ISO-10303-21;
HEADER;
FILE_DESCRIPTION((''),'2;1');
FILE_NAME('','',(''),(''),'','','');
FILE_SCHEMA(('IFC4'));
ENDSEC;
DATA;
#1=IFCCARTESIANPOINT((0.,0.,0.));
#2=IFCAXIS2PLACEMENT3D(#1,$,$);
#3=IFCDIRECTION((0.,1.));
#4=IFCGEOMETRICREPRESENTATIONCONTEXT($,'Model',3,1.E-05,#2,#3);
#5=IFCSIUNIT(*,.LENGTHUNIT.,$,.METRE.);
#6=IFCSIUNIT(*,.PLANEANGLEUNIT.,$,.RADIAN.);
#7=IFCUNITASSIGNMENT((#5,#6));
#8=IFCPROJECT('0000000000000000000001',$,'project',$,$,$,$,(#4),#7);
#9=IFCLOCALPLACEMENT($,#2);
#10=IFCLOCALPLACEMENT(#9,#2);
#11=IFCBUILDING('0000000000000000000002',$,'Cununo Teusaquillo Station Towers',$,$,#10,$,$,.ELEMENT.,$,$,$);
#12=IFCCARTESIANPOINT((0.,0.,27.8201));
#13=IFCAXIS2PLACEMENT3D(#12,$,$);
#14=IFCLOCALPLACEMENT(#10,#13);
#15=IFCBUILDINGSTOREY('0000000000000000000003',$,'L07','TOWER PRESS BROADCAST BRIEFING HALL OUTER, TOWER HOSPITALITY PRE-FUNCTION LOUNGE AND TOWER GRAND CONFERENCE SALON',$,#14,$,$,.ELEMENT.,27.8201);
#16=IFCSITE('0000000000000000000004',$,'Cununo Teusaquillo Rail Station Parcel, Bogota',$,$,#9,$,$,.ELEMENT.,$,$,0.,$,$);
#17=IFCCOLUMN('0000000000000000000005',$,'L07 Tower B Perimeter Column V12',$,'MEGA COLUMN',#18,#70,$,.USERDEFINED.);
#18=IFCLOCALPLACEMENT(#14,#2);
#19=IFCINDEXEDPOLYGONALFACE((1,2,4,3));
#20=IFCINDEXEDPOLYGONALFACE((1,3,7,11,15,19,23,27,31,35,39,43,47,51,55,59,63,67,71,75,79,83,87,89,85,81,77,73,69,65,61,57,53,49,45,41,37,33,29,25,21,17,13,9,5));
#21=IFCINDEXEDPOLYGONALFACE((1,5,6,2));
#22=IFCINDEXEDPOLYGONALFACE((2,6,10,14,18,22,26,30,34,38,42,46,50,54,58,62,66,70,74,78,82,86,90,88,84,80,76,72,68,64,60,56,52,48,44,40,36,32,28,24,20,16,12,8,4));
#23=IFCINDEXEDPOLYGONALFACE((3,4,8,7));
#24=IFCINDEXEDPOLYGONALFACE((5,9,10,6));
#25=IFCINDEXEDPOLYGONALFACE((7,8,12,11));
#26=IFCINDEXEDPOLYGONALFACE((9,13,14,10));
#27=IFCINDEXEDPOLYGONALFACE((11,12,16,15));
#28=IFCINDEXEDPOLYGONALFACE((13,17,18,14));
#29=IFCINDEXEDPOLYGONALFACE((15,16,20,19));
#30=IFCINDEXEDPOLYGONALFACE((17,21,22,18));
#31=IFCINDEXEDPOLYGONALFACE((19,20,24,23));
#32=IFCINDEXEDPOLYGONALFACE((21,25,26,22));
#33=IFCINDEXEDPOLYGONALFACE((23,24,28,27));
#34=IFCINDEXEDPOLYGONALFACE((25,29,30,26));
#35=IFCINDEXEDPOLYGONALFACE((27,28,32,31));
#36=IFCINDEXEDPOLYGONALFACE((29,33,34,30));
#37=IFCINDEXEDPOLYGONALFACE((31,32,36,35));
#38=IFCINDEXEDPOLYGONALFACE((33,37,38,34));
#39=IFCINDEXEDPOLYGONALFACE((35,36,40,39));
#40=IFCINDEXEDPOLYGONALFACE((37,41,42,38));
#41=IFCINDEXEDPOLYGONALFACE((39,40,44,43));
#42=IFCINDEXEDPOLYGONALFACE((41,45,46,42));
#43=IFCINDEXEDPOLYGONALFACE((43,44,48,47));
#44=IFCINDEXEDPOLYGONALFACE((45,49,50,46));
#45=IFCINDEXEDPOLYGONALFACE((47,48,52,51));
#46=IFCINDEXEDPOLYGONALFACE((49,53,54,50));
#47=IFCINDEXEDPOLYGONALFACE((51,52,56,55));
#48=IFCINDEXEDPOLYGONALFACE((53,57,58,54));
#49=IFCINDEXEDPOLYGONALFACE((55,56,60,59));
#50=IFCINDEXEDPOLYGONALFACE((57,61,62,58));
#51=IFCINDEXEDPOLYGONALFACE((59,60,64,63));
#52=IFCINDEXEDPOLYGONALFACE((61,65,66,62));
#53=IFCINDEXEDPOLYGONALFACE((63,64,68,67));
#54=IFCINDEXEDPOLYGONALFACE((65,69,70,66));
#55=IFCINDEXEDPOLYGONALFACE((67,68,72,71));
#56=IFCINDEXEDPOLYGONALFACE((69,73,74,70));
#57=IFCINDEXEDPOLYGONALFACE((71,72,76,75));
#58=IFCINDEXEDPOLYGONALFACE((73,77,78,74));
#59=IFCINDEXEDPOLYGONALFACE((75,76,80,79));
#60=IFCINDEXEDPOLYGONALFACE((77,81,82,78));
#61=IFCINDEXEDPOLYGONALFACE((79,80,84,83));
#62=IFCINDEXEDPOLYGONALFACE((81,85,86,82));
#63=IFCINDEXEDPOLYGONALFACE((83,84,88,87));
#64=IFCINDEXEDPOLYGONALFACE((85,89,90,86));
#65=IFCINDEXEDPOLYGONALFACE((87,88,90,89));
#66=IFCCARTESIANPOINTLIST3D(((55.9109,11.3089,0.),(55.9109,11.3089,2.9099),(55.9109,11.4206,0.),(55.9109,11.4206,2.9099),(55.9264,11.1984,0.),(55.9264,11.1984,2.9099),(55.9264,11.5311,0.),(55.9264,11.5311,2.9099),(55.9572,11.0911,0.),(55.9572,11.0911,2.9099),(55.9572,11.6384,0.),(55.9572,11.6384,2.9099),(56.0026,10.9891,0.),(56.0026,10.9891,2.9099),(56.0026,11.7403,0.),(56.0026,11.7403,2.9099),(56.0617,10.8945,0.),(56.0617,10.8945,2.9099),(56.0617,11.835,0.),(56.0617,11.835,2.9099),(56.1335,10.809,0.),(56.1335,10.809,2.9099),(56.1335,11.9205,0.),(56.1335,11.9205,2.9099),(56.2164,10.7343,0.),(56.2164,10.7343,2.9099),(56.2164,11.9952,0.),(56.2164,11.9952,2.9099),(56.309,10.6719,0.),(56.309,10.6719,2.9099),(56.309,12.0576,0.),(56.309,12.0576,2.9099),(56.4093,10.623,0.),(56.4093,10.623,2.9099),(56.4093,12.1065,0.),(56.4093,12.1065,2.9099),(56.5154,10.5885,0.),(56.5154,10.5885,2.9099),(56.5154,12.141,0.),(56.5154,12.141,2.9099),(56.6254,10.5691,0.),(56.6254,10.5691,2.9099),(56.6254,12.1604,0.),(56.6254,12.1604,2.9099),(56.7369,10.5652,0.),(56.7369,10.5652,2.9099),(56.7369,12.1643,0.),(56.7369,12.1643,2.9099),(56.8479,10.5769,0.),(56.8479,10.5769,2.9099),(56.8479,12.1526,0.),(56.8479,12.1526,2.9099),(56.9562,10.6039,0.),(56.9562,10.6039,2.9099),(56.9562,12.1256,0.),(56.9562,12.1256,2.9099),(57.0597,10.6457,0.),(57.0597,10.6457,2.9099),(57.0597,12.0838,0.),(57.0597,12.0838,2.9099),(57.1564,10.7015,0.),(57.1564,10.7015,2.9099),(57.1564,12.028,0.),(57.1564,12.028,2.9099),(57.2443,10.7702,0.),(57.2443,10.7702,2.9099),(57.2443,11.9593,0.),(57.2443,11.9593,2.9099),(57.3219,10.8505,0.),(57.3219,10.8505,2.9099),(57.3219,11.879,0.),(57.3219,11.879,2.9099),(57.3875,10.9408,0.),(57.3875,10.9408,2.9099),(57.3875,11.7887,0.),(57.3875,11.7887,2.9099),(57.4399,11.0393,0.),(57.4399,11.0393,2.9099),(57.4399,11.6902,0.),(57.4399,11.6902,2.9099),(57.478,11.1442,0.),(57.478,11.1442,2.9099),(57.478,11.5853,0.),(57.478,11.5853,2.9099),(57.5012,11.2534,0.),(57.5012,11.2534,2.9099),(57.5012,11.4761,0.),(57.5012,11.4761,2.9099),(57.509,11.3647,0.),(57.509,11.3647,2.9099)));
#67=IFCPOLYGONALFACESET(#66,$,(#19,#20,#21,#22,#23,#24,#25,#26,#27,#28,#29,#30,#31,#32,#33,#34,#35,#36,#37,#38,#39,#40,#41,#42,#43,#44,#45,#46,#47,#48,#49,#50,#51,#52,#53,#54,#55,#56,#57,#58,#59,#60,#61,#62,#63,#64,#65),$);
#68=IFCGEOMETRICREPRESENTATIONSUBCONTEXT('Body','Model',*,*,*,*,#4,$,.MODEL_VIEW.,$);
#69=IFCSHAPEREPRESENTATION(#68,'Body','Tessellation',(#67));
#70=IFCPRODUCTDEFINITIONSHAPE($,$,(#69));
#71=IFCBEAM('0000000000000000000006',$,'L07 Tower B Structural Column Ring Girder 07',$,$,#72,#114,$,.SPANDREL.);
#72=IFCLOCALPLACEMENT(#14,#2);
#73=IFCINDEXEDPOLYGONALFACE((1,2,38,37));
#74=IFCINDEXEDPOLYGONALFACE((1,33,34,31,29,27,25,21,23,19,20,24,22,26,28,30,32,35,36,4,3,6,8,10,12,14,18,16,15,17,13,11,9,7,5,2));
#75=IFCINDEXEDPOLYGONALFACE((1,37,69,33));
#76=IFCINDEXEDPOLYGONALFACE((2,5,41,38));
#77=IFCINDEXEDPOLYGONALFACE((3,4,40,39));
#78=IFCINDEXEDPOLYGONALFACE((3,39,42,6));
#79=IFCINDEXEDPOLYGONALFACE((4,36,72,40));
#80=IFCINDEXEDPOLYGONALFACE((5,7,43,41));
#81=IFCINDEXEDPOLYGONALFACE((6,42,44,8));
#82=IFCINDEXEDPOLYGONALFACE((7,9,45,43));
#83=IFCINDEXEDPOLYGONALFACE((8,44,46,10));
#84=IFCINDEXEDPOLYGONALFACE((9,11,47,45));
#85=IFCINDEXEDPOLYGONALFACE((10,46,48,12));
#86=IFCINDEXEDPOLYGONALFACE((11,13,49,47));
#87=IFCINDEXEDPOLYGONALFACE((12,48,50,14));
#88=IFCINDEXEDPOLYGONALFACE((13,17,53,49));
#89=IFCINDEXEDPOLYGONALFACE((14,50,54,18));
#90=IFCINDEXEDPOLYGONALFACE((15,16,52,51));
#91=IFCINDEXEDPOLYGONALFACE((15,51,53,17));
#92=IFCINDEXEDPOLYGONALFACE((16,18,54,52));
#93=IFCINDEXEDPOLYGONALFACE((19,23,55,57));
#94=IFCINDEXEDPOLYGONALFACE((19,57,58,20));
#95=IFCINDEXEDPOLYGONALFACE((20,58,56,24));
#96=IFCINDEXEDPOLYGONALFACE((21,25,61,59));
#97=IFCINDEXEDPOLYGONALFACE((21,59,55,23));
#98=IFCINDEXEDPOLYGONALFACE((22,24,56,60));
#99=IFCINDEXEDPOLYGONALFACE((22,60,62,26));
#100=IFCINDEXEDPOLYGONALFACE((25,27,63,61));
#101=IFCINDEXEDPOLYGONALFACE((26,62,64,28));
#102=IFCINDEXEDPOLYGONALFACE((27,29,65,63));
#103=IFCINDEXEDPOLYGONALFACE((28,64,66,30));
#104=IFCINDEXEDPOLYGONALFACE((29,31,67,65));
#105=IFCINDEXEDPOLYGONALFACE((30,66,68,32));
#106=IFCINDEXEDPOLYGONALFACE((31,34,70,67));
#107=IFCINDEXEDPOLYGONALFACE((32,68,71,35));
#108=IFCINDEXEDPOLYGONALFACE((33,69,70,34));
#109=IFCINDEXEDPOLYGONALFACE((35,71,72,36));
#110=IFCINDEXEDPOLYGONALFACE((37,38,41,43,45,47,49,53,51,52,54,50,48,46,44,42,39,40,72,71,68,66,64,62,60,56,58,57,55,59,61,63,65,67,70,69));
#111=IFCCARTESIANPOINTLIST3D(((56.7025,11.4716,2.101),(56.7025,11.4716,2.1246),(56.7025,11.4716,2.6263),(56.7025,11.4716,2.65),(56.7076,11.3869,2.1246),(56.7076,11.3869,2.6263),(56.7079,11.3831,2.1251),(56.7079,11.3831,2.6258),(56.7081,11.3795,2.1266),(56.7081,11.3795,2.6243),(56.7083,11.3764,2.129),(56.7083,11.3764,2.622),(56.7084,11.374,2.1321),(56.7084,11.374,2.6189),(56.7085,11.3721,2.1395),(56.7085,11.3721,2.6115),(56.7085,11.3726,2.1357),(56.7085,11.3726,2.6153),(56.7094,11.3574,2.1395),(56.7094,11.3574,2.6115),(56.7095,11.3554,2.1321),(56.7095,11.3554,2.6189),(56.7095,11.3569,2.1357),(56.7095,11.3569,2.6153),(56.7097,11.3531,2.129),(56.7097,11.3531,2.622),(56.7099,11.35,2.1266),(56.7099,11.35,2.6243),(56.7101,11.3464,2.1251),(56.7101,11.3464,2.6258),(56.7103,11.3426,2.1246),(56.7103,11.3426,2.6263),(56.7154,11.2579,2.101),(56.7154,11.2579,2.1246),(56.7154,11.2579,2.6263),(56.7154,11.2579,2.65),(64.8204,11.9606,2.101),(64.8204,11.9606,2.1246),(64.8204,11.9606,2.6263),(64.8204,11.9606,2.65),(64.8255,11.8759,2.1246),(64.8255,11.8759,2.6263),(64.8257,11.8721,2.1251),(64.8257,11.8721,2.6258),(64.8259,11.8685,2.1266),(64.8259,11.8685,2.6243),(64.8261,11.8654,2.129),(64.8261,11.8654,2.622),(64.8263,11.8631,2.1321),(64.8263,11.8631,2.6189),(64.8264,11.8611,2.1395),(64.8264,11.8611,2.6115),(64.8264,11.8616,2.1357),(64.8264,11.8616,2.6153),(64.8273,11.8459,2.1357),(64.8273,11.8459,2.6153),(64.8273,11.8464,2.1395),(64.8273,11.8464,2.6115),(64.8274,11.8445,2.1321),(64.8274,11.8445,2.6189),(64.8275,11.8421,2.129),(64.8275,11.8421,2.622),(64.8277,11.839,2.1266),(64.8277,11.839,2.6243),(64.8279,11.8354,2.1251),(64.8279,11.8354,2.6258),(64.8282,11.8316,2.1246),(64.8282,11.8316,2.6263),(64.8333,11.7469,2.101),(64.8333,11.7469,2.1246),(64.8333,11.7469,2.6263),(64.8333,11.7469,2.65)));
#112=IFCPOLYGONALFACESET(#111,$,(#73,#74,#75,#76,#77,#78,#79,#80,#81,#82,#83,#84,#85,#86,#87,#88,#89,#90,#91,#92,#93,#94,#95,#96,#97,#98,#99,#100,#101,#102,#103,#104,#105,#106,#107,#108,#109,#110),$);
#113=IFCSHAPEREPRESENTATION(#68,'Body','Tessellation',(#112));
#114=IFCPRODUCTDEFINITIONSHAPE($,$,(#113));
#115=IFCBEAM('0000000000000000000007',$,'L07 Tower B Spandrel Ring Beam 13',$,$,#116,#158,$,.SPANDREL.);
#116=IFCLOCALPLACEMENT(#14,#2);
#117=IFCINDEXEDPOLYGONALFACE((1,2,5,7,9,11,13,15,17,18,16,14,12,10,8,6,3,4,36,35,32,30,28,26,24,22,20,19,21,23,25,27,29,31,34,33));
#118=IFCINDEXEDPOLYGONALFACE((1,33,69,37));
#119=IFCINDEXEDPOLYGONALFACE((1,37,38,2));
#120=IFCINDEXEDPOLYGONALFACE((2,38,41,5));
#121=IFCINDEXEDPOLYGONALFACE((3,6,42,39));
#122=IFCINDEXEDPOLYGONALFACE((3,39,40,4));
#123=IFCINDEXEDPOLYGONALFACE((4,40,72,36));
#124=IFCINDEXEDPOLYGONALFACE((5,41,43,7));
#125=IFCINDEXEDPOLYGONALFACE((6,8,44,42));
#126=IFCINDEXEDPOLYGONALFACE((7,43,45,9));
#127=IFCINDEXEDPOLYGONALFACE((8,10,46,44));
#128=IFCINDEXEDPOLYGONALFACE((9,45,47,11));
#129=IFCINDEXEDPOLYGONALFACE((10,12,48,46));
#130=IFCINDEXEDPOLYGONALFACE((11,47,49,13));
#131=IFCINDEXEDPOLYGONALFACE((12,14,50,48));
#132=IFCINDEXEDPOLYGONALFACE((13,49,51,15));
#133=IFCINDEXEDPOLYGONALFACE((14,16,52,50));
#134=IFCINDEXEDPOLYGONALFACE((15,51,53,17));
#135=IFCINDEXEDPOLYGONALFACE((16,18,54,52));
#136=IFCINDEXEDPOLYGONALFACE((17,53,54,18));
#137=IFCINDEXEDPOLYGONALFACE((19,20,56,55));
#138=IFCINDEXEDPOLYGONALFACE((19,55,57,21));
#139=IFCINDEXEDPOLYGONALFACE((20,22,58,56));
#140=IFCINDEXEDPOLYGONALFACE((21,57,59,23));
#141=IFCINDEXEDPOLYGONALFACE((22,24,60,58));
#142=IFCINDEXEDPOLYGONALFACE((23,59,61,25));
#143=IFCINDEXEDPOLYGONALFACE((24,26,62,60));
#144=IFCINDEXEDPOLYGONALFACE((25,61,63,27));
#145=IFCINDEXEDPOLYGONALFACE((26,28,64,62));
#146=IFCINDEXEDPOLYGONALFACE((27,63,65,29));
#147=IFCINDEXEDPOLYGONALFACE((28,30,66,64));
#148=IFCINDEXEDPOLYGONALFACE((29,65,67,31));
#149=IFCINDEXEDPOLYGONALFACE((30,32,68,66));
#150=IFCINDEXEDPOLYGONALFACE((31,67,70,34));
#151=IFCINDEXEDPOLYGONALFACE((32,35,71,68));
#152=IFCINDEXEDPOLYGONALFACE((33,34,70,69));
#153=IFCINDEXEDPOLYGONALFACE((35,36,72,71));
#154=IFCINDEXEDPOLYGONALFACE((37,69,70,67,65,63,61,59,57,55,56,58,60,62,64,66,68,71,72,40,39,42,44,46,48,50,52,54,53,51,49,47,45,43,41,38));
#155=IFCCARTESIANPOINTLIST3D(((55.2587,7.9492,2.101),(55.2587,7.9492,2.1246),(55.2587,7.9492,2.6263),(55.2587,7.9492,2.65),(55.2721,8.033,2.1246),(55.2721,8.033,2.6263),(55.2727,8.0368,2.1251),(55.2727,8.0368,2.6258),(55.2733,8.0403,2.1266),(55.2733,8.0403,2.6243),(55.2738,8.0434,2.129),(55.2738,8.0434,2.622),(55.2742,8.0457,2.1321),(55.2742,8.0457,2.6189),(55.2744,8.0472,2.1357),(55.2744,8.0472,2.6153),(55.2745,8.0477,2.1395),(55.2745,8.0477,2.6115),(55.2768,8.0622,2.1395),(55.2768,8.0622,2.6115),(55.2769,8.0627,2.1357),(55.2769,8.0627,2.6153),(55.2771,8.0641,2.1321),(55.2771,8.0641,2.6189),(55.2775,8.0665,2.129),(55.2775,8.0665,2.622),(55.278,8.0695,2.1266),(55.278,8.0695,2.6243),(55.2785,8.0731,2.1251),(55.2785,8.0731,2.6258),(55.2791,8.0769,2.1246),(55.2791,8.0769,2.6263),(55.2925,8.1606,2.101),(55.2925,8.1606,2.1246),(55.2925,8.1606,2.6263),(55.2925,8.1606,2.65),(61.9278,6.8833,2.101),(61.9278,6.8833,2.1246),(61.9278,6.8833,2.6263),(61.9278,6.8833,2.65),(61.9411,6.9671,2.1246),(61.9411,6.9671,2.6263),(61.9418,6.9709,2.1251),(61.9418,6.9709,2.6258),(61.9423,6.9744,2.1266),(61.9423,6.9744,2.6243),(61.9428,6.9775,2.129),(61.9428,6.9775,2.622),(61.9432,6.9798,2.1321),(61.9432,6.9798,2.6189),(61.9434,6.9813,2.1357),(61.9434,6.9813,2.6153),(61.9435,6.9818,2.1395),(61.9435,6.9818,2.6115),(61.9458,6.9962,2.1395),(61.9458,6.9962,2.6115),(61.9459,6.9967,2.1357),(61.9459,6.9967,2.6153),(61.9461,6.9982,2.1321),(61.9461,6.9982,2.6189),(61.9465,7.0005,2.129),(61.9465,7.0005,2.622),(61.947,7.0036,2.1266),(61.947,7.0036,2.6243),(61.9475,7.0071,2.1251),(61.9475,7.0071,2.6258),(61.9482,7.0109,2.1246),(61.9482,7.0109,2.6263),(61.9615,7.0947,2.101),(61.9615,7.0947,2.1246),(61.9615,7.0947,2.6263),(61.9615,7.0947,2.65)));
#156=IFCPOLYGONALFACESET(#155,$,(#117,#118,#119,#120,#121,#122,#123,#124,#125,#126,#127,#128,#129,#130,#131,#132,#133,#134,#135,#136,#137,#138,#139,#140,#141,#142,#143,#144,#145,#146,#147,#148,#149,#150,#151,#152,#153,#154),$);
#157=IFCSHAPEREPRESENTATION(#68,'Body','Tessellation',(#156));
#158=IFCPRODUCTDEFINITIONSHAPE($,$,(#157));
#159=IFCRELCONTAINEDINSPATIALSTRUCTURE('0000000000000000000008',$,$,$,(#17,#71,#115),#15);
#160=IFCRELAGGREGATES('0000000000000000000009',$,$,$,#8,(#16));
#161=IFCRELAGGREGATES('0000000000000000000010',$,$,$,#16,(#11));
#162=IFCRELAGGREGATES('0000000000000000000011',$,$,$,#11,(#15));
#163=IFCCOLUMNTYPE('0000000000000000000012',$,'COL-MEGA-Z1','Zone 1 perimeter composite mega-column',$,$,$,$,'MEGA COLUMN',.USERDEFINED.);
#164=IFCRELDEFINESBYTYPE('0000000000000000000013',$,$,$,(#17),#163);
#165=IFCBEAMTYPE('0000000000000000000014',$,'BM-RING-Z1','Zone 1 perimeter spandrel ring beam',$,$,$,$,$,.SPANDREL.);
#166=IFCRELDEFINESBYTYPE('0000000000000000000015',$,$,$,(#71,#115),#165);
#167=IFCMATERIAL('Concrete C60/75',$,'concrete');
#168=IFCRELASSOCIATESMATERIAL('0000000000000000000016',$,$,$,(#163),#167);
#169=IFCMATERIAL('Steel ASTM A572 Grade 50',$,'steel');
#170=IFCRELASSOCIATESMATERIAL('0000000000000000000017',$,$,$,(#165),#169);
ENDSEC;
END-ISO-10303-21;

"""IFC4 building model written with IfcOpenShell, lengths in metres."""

from ifc_helpers import new_model, si_unit, direction, frame, origin, origin_2d, place, context, subcontext, project, spatial, circle, i_section, extrude, material, material_profile, profile_set, type_object, element, save


model = new_model("IFC4")

# Units and contexts
model_context = context("Model", 3, precision=1e-05, world=origin(), true_north=direction((0.0, 1.0)))
body_context = subcontext(model_context, "Body", "Model", "MODEL_VIEW")
ifc_project = project(units=[si_unit("LENGTHUNIT", "METRE"), si_unit("PLANEANGLEUNIT", "RADIAN")], contexts=[model_context])

# Site, building, storey
site_placement = place(None, origin())
site = spatial("IfcSite", under=ifc_project, at=site_placement, Name="Cununo Teusaquillo Rail Station Parcel, Bogota", CompositionType="ELEMENT", RefElevation=0.0)
building_placement = place(site_placement, origin())
building = spatial("IfcBuilding", under=site, at=building_placement, Name="Cununo Teusaquillo Station Towers", CompositionType="ELEMENT")
storey_placement = place(building_placement, frame((0.0, 0.0, 27.8201)))
storey = spatial("IfcBuildingStorey", under=building, at=storey_placement, Name="L07", Description="TOWER PRESS BROADCAST BRIEFING HALL OUTER, TOWER HOSPITALITY PRE-FUNCTION LOUNGE AND TOWER GRAND CONFERENCE SALON", CompositionType="ELEMENT", Elevation=27.8201)

# Column
ifc_material_1 = material(Name="Concrete C60/75", Category="concrete")
ifc_material_profile_1 = material_profile(ifc_material_1, circle(Radius=0.8, at=origin_2d()), Name="RC-CIRC-1600")
ifc_profile_set_1 = profile_set([ifc_material_profile_1], Name="Concrete C60/75")
column_type = type_object("IfcColumnType", Name="COL-MEGA-Z1", Description="Zone 1 perimeter composite mega-column", ElementType="MEGA COLUMN", PredefinedType="USERDEFINED", material=ifc_profile_set_1)
column_placement = place(storey_placement, frame((56.709, 11.3647, 0.0), z_axis=(0.0, 0.0, 1.0), x_axis=(1.0, 0.0, 0.0)))
element("IfcColumn", 1, at=column_placement, inside=storey, type_object=column_type, Name="L07 Tower B Perimeter Column V12", ObjectType="MEGA COLUMN", PredefinedType="USERDEFINED", context=body_context, shape_type="SweptSolid", body=[
    extrude(circle(Radius=0.8, at=origin_2d()), origin(), (0.0, 0.0, 1.0), 2.9099),
])

# Beams
ifc_material_2 = material(Name="Steel ASTM A572 Grade 50", Category="steel")
ifc_material_profile_2 = material_profile(ifc_material_2, i_section(OverallWidth=0.2141, OverallDepth=0.5491, WebThickness=0.0146, FlangeThickness=0.0237, FilletRadius=0.0149, at=origin_2d()), Name="W21X93")
ifc_profile_set_2 = profile_set([ifc_material_profile_2], Name="Steel ASTM A572 Grade 50")
beam_type = type_object("IfcBeamType", Name="BM-RING-Z1", Description="Zone 1 perimeter spandrel ring beam", PredefinedType="SPANDREL", material=ifc_profile_set_2)
beam_1_placement = place(storey_placement, frame((56.709, 11.3647, 2.3755), z_axis=(0.998191, 0.06013, 0.0), x_axis=(-0.06013, 0.998191, 0.0)))
element("IfcBeam", 2, at=beam_1_placement, inside=storey, type_object=beam_type, Name="L07 Tower B Structural Column Ring Girder 07", PredefinedType="SPANDREL", context=body_context, shape_type="SweptSolid", body=[
    extrude(i_section(OverallWidth=0.2141, OverallDepth=0.5491, WebThickness=0.0146, FlangeThickness=0.0237, FilletRadius=0.0149, at=origin_2d()), origin(), (0.0, 0.0, 1.0), 8.1326),
])
beam_2_placement = place(storey_placement, frame((55.2756, 8.0549, 2.3755), z_axis=(0.987466, -0.15783, 0.0), x_axis=(0.15783, 0.987466, 0.0)))
element("IfcBeam", 3, at=beam_2_placement, inside=storey, type_object=beam_type, Name="L07 Tower B Spandrel Ring Beam 13", PredefinedType="SPANDREL", context=body_context, shape_type="SweptSolid", body=[
    extrude(i_section(OverallWidth=0.2141, OverallDepth=0.5491, WebThickness=0.0146, FlangeThickness=0.0237, FilletRadius=0.0149, at=origin_2d()), origin(), (0.0, 0.0, 1.0), 6.7537),
])

save(model, "model.ifc")
